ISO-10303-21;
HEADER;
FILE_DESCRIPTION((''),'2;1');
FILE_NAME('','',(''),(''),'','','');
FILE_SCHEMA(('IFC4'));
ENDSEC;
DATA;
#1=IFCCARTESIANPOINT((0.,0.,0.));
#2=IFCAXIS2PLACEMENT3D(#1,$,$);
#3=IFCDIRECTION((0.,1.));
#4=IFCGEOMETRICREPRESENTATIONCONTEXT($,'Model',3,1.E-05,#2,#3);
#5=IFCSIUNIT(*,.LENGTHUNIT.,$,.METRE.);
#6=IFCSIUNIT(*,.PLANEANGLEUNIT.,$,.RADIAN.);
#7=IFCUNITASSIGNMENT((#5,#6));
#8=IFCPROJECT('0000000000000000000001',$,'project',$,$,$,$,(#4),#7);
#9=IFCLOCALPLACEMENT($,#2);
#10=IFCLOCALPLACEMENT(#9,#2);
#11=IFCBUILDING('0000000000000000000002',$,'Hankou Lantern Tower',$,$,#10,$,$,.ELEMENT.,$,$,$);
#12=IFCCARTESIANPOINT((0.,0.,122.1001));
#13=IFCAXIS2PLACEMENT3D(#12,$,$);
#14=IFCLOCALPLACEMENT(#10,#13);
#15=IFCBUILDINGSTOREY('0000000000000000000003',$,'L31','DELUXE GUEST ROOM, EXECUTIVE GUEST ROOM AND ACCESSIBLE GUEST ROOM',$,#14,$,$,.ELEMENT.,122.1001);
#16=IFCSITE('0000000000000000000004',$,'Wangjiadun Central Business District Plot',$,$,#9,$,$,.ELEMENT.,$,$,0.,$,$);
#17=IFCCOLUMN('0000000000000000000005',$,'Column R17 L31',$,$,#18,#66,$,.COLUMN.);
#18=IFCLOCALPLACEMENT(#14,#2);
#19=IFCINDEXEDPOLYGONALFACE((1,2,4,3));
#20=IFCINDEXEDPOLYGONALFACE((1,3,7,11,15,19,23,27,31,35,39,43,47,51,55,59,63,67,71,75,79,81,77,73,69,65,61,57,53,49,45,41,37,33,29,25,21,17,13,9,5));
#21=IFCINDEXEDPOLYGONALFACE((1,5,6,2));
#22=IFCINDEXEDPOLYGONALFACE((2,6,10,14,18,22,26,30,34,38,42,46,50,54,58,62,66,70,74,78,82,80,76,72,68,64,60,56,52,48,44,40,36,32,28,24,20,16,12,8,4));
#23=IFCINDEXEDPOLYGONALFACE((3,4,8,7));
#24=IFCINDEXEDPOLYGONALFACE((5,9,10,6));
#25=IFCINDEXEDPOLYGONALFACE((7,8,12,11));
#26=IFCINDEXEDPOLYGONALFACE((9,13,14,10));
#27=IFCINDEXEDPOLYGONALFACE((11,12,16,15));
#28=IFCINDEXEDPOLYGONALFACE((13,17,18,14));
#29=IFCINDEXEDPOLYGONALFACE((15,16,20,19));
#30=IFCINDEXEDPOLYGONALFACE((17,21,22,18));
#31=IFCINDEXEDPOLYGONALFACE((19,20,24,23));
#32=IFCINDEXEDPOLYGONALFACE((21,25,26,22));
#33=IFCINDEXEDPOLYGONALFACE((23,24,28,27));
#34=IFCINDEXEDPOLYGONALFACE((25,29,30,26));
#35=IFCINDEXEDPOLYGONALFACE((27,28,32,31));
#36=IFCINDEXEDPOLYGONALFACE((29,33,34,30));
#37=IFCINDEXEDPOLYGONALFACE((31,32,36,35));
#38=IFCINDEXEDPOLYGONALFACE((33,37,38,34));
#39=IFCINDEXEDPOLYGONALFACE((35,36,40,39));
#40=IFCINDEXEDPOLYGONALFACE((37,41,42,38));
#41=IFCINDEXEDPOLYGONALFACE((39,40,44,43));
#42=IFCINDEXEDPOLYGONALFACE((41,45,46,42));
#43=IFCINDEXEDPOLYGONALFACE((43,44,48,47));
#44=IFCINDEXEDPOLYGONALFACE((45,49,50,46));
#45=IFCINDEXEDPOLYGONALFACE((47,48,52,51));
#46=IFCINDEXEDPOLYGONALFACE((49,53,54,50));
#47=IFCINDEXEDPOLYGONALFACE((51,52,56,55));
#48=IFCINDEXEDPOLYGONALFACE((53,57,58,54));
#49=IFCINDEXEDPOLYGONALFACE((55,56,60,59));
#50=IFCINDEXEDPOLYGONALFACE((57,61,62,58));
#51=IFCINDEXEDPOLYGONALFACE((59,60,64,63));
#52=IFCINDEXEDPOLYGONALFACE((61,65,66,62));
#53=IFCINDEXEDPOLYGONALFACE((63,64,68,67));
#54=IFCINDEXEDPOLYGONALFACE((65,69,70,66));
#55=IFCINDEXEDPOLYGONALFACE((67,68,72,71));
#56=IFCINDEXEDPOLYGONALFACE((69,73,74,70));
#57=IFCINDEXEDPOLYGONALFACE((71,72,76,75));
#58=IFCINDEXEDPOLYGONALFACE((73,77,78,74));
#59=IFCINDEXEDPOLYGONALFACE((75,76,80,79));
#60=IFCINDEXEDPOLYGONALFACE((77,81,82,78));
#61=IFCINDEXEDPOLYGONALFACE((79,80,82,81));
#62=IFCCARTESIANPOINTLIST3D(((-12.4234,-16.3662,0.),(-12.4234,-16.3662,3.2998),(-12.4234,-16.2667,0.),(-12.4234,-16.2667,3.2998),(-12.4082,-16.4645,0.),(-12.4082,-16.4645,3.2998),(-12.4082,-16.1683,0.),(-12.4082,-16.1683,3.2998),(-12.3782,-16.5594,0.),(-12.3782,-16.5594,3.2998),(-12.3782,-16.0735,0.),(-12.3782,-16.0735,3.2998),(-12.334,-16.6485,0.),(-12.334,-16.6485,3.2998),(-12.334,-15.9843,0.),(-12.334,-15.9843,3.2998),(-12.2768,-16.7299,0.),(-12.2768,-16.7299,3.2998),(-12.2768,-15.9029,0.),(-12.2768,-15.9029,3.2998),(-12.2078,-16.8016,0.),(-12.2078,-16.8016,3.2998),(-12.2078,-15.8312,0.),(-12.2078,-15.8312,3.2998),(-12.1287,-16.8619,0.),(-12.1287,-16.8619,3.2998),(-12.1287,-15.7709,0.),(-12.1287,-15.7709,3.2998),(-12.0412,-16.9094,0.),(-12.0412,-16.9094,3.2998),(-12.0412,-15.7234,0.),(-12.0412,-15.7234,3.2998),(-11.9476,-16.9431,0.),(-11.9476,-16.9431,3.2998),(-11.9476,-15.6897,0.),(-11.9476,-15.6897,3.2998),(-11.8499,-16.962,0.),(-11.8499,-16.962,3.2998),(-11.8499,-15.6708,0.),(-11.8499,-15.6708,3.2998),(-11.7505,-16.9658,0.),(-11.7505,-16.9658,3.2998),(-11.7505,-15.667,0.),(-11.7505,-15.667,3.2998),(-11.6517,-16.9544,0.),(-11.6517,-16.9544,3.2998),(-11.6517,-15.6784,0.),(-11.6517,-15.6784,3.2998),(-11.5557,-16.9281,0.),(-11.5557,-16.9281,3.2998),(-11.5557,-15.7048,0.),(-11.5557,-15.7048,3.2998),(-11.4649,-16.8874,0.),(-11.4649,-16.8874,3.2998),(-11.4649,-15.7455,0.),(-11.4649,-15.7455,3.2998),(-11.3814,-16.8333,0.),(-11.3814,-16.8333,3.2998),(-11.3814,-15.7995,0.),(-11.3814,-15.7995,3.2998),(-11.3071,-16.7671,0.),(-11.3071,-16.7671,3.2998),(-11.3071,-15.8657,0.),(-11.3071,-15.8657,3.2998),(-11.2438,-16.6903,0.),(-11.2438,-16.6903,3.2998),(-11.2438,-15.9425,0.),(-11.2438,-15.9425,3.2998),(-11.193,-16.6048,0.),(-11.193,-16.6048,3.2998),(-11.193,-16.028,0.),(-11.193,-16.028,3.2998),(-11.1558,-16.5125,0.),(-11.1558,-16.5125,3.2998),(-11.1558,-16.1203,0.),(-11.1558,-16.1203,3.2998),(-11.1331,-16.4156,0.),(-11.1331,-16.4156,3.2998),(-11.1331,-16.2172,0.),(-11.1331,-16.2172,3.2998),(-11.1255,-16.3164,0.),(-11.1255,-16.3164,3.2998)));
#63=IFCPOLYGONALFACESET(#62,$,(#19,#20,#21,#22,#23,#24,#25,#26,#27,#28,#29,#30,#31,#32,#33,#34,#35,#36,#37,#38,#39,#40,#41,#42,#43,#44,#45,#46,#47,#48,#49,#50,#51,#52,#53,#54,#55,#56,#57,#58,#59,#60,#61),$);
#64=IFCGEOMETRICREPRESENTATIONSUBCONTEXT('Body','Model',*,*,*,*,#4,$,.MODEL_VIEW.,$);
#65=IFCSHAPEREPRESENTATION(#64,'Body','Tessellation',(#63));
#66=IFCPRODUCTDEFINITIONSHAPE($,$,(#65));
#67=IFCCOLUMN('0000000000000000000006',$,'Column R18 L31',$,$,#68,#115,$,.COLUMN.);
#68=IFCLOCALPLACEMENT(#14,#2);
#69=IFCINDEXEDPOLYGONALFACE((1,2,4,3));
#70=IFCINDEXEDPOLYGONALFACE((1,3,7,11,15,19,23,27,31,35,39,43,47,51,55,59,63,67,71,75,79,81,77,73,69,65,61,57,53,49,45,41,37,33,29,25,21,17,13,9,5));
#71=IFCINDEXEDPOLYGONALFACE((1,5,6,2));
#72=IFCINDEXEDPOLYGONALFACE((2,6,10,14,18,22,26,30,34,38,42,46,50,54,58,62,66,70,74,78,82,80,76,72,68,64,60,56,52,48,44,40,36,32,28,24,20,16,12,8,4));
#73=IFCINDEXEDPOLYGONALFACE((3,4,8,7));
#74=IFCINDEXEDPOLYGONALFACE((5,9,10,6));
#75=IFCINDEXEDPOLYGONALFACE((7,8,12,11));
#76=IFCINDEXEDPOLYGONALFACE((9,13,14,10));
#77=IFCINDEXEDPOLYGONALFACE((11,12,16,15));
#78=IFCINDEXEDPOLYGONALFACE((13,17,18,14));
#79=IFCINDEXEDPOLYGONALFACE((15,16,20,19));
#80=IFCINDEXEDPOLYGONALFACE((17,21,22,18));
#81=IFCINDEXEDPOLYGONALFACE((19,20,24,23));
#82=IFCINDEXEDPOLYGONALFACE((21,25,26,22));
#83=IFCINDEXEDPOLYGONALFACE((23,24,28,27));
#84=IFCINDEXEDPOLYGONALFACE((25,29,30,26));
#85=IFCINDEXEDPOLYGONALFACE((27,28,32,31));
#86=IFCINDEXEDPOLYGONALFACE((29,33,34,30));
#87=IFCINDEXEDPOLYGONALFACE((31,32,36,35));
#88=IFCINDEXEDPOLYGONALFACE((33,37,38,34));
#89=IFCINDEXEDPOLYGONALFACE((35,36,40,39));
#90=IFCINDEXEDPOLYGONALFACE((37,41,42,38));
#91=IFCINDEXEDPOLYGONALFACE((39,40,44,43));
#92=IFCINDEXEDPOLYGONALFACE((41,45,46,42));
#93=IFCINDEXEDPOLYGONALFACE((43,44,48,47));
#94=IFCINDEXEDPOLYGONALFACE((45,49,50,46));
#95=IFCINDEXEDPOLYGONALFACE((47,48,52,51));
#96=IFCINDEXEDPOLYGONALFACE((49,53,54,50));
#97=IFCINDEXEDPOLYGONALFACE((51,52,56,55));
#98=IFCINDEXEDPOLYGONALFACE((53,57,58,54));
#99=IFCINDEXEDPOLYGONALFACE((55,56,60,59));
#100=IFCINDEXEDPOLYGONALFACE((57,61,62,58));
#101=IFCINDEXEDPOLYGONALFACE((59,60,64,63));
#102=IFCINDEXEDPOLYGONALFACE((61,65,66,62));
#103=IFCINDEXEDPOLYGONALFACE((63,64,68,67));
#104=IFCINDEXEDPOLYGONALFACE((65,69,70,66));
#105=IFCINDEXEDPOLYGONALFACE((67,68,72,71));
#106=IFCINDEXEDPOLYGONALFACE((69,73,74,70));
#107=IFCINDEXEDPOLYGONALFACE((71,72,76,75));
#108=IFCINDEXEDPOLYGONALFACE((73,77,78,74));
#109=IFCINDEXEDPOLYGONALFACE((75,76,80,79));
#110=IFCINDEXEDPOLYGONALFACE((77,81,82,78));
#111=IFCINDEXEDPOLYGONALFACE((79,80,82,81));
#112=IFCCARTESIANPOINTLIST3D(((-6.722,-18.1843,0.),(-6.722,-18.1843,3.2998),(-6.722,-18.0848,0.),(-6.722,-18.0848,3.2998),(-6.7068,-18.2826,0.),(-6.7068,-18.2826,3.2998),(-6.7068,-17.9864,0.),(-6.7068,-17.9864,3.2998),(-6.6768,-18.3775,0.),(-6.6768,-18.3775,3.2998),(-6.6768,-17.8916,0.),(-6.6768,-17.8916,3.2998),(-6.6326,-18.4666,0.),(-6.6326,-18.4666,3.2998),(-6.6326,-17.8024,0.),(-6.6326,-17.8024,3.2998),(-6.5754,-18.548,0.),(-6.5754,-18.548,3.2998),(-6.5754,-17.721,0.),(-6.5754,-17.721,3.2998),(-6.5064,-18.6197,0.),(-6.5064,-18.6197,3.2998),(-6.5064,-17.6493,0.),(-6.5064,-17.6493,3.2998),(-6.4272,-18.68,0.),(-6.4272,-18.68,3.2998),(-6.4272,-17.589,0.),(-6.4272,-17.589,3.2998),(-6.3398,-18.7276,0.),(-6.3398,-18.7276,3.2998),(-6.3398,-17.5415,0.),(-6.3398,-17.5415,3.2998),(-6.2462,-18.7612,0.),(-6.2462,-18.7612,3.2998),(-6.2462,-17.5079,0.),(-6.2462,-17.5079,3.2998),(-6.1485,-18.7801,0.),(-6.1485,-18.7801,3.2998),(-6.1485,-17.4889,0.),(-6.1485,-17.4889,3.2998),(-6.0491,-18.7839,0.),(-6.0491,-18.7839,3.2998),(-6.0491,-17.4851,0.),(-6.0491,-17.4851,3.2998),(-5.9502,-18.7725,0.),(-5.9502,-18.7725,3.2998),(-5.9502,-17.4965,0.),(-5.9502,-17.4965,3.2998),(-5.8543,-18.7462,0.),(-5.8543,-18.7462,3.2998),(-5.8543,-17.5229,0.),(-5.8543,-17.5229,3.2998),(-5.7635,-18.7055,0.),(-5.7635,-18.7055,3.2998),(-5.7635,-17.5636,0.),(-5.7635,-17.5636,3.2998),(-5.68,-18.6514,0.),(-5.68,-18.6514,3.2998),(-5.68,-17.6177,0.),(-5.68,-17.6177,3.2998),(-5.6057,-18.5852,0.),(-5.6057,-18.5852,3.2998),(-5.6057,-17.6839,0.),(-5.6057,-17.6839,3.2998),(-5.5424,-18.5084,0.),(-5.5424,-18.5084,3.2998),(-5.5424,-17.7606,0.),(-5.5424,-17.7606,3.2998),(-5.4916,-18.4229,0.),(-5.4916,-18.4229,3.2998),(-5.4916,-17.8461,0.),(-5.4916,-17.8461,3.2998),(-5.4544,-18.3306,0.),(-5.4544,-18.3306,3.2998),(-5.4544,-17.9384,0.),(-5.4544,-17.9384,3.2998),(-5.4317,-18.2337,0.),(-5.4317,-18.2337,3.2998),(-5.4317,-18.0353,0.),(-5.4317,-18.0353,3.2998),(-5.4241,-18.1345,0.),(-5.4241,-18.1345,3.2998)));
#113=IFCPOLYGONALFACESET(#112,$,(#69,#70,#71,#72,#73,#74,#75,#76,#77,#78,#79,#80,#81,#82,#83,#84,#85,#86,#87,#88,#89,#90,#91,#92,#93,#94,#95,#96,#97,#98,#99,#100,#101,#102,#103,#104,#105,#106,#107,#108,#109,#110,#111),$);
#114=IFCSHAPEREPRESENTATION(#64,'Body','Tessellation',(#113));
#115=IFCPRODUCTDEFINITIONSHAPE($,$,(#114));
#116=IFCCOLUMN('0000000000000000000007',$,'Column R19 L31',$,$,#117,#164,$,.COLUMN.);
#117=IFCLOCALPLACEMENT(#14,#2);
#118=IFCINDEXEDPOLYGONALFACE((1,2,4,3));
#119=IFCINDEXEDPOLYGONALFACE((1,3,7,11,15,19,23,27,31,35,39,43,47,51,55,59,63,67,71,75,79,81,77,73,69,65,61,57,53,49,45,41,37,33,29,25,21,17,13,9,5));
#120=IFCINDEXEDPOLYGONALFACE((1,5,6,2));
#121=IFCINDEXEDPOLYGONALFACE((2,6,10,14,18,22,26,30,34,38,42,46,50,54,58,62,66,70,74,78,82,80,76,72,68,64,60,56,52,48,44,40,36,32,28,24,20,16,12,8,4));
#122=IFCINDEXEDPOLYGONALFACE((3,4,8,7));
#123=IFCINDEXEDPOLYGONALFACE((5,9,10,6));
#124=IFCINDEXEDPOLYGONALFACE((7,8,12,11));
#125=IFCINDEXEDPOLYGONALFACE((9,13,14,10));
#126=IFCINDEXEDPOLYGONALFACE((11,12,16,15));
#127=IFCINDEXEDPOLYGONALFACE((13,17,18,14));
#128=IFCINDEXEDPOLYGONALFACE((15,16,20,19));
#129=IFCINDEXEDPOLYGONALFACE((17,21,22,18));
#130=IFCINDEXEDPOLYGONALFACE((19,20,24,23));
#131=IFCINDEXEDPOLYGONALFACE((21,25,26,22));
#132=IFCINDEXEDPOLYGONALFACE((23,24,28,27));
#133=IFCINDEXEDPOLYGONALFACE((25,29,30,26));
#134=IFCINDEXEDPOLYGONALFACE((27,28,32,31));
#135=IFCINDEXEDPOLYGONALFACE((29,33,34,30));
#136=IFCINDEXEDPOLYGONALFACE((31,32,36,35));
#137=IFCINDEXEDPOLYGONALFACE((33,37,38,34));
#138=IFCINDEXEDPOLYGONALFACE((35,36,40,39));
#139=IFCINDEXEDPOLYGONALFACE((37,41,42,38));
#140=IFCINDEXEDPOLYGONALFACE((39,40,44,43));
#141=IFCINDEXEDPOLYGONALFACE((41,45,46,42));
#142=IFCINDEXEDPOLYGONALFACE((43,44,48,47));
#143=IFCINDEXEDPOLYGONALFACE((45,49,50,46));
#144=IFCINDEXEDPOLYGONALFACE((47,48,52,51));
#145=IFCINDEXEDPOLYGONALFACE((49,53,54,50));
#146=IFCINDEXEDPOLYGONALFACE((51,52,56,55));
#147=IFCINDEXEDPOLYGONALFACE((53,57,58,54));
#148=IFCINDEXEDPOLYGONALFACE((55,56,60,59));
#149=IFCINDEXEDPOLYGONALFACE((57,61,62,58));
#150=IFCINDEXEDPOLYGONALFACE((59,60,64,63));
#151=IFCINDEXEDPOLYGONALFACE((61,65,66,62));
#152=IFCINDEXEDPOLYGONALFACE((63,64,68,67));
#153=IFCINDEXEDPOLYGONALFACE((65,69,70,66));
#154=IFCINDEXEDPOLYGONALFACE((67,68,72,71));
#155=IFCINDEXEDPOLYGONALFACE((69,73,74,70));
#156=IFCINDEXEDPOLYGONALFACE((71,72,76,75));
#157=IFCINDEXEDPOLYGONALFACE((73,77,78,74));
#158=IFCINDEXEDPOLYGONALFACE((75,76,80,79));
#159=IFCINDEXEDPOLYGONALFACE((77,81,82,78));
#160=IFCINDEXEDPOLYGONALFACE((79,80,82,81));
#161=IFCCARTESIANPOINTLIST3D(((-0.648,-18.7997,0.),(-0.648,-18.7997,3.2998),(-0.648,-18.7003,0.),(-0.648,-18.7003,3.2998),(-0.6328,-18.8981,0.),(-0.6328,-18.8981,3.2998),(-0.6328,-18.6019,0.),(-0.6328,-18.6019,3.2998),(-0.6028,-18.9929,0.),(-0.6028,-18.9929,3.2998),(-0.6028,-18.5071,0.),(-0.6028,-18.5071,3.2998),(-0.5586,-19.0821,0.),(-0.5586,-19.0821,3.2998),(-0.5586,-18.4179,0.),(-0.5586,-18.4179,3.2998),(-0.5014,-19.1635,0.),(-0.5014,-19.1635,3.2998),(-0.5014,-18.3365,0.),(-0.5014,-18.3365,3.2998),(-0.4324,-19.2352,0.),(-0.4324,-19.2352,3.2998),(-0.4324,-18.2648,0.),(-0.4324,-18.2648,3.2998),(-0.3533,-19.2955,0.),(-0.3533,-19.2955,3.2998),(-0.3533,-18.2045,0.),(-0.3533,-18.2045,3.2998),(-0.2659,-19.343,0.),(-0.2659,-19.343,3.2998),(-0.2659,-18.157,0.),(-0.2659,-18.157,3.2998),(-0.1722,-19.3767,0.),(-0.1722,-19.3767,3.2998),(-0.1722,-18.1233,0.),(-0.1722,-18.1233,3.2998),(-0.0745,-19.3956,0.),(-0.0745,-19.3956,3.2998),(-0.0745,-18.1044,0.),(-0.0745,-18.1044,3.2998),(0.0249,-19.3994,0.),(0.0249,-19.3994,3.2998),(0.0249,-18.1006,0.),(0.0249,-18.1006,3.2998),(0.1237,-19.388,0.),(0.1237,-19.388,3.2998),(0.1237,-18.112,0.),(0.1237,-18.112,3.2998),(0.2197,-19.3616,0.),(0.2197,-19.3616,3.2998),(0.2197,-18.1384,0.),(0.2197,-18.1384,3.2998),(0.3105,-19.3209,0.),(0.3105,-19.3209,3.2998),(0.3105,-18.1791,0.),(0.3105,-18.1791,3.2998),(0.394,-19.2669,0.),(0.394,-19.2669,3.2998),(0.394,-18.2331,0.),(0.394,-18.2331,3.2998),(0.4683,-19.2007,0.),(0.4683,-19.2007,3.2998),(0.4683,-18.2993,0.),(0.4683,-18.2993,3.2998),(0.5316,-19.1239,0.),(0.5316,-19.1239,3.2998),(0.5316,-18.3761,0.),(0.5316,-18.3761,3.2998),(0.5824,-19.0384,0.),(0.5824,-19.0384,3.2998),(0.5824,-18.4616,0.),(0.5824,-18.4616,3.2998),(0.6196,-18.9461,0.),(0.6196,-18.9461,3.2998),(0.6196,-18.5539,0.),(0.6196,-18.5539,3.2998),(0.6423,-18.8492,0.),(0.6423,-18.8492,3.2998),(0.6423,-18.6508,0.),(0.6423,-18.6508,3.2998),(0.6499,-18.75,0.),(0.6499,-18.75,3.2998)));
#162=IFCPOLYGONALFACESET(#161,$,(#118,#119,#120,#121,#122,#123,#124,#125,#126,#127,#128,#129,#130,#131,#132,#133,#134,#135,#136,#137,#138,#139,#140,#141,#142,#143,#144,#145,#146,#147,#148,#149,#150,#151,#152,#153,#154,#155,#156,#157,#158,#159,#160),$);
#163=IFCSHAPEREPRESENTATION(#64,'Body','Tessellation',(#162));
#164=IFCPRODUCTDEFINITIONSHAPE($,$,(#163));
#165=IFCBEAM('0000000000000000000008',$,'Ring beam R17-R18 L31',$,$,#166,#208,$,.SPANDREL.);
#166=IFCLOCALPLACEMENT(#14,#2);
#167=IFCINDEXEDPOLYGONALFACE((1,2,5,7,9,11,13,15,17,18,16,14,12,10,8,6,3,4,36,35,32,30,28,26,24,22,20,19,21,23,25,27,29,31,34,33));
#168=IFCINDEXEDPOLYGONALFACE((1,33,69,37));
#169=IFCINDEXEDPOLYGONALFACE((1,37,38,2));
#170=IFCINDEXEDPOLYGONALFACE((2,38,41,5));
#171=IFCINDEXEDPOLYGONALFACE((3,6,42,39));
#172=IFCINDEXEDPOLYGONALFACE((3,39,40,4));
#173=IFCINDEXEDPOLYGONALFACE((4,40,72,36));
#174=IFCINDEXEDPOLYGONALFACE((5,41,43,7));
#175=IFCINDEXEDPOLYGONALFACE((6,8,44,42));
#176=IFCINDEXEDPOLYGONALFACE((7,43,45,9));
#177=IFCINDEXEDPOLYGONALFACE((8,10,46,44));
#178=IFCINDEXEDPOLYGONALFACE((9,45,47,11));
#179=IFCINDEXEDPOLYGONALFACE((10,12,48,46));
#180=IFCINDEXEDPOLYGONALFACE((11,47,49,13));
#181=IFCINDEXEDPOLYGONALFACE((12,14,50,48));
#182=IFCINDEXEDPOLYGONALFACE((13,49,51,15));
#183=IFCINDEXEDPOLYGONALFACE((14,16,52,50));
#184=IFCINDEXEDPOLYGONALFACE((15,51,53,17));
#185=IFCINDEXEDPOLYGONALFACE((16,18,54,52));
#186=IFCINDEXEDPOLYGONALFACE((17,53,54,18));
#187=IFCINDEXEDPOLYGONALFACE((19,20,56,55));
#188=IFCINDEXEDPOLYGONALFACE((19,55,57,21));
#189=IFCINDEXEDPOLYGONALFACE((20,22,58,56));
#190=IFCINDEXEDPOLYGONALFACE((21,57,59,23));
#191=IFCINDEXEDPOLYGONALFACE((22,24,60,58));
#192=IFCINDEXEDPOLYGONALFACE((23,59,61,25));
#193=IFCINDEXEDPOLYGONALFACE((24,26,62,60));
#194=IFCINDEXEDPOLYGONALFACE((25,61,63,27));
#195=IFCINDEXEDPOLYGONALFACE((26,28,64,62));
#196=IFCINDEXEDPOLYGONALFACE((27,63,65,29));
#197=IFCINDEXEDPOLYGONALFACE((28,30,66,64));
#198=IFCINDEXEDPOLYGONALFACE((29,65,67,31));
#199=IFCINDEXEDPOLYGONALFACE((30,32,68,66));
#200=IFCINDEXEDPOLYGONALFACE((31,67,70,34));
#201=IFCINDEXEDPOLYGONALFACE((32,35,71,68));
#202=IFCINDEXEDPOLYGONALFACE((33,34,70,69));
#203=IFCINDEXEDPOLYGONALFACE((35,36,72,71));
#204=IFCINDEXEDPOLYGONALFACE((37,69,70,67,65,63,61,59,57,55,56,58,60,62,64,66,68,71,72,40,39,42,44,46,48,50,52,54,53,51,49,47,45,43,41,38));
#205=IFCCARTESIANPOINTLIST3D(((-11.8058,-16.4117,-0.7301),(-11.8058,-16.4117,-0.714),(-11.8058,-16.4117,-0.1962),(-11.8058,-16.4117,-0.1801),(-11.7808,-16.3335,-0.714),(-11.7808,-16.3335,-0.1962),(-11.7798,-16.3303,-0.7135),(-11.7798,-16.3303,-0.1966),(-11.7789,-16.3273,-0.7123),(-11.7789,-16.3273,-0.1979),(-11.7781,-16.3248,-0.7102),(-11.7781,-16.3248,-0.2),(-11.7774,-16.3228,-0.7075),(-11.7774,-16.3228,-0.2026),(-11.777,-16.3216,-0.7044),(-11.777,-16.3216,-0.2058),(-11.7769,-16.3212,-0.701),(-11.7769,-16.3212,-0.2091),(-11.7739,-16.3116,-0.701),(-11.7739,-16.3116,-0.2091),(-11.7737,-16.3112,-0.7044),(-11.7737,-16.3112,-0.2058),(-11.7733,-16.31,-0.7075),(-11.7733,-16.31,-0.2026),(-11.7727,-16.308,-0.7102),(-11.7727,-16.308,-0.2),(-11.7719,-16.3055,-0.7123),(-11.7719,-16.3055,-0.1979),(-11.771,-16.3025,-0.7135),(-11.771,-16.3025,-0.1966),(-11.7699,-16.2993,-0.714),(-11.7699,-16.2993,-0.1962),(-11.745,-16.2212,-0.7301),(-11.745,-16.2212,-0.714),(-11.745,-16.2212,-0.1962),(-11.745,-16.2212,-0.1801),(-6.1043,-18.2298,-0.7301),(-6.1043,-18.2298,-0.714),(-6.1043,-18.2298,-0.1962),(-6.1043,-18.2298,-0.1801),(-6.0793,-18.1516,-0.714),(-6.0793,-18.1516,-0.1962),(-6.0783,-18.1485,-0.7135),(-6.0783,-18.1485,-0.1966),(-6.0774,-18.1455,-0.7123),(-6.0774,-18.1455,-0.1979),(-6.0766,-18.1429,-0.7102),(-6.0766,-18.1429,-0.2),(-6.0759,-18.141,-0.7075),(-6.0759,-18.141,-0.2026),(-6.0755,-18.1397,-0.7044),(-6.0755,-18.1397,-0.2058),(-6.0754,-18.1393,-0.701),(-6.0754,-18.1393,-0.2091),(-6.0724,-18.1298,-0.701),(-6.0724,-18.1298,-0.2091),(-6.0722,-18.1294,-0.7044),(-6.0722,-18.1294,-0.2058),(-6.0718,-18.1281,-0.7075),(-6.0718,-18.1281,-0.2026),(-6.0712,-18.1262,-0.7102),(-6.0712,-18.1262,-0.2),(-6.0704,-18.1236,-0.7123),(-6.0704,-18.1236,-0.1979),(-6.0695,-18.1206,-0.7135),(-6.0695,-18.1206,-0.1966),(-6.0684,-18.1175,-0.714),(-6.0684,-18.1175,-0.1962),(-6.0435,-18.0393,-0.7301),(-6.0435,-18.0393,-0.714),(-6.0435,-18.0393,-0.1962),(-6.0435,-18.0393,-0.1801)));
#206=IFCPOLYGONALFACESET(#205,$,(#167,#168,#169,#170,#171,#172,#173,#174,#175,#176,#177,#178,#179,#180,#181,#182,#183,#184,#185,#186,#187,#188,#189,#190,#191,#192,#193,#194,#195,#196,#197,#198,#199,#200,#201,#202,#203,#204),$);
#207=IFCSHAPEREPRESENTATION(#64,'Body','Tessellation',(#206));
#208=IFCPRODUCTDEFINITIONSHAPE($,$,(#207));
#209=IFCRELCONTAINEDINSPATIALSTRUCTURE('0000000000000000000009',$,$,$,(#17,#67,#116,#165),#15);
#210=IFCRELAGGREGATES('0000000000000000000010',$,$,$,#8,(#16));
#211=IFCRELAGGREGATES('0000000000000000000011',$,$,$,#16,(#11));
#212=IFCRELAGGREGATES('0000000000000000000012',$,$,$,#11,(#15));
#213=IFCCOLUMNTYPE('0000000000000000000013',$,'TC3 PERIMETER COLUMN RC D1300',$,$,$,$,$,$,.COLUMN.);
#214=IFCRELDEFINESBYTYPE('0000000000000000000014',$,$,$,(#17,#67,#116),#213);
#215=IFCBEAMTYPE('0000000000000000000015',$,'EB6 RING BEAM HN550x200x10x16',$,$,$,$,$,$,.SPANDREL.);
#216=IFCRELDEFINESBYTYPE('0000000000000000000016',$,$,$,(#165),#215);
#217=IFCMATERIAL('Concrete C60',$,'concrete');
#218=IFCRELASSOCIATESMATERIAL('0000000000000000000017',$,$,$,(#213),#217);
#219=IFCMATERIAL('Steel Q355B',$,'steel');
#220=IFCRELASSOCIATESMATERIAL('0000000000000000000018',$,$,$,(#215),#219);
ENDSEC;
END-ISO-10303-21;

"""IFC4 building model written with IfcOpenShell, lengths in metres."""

from ifc_helpers import new_model, si_unit, direction, frame, origin, origin_2d, place, context, subcontext, project, spatial, circle, i_section, extrude, material, material_profile, profile_set, type_object, element, save


model = new_model("IFC4")

# Units and contexts
model_context = context("Model", 3, precision=1e-05, world=origin(), true_north=direction((0.0, 1.0)))
body_context = subcontext(model_context, "Body", "Model", "MODEL_VIEW")
ifc_project = project(units=[si_unit("LENGTHUNIT", "METRE"), si_unit("PLANEANGLEUNIT", "RADIAN")], contexts=[model_context])

# Site, building, storey
site_placement = place(None, origin())
site = spatial("IfcSite", under=ifc_project, at=site_placement, Name="Wangjiadun Central Business District Plot", CompositionType="ELEMENT", RefElevation=0.0)
building_placement = place(site_placement, origin())
building = spatial("IfcBuilding", under=site, at=building_placement, Name="Hankou Lantern Tower", CompositionType="ELEMENT")
storey_placement = place(building_placement, frame((0.0, 0.0, 122.1001)))
storey = spatial("IfcBuildingStorey", under=building, at=storey_placement, Name="L31", Description="DELUXE GUEST ROOM, EXECUTIVE GUEST ROOM AND ACCESSIBLE GUEST ROOM", CompositionType="ELEMENT", Elevation=122.1001)

# Columns
ifc_material_1 = material(Name="Concrete C60", Category="concrete")
ifc_material_profile_1 = material_profile(ifc_material_1, circle(Radius=0.6499, at=origin_2d()), Name="RC D1300")
ifc_profile_set_1 = profile_set([ifc_material_profile_1], Name="Concrete C60")
column_type = type_object("IfcColumnType", Name="TC3 PERIMETER COLUMN RC D1300", PredefinedType="COLUMN", material=ifc_profile_set_1)
for number, where, z_axis, x_axis, name in (
    (1, (-11.7754, -16.3164, 0.0), (0.0, 0.0, 1.0), (1.0, 0.0, 0.0), "Column R17 L31"),
    (2, (-6.074, -18.1345, 0.0), (0.0, 0.0, 1.0), (1.0, 0.0, 0.0), "Column R18 L31"),
    (3, (0.0, -18.75, 0.0), (0.0, 0.0, 1.0), (1.0, 0.0, 0.0), "Column R19 L31"),
):
    element("IfcColumn", number, at=place(storey_placement, frame(where, z_axis=z_axis, x_axis=x_axis)), inside=storey, type_object=column_type, Name=name, PredefinedType="COLUMN", context=body_context, shape_type="SweptSolid", body=[
        extrude(circle(Radius=0.6499, at=origin_2d()), origin(), (0.0, 0.0, 1.0), 3.2998),
    ])

# Beam
ifc_material_2 = material(Name="Steel Q355B", Category="steel")
ifc_material_profile_2 = material_profile(ifc_material_2, i_section(OverallWidth=0.2, OverallDepth=0.55, WebThickness=0.01, FlangeThickness=0.0161, FilletRadius=0.0129, at=origin_2d()), Name="HN550x200x10x16")
ifc_profile_set_2 = profile_set([ifc_material_profile_2], Name="Steel Q355B")
beam_type_1 = type_object("IfcBeamType", Name="EB6 RING BEAM HN550x200x10x16", PredefinedType="SPANDREL", material=ifc_profile_set_2)
beam_1_placement = place(storey_placement, frame((-11.7754, -16.3164, -0.4551), z_axis=(0.952731, -0.303815, 0.0), x_axis=(0.303815, 0.952731, 0.0)))
element("IfcBeam", 4, at=beam_1_placement, inside=storey, type_object=beam_type_1, Name="Ring beam R17-R18 L31", PredefinedType="SPANDREL", context=body_context, shape_type="SweptSolid", body=[
    extrude(i_section(OverallWidth=0.2, OverallDepth=0.55, WebThickness=0.01, FlangeThickness=0.0161, FilletRadius=0.0129, at=origin_2d()), origin(), (0.0, 0.0, 1.0), 5.9844),
])

save(model, "model.ifc")
